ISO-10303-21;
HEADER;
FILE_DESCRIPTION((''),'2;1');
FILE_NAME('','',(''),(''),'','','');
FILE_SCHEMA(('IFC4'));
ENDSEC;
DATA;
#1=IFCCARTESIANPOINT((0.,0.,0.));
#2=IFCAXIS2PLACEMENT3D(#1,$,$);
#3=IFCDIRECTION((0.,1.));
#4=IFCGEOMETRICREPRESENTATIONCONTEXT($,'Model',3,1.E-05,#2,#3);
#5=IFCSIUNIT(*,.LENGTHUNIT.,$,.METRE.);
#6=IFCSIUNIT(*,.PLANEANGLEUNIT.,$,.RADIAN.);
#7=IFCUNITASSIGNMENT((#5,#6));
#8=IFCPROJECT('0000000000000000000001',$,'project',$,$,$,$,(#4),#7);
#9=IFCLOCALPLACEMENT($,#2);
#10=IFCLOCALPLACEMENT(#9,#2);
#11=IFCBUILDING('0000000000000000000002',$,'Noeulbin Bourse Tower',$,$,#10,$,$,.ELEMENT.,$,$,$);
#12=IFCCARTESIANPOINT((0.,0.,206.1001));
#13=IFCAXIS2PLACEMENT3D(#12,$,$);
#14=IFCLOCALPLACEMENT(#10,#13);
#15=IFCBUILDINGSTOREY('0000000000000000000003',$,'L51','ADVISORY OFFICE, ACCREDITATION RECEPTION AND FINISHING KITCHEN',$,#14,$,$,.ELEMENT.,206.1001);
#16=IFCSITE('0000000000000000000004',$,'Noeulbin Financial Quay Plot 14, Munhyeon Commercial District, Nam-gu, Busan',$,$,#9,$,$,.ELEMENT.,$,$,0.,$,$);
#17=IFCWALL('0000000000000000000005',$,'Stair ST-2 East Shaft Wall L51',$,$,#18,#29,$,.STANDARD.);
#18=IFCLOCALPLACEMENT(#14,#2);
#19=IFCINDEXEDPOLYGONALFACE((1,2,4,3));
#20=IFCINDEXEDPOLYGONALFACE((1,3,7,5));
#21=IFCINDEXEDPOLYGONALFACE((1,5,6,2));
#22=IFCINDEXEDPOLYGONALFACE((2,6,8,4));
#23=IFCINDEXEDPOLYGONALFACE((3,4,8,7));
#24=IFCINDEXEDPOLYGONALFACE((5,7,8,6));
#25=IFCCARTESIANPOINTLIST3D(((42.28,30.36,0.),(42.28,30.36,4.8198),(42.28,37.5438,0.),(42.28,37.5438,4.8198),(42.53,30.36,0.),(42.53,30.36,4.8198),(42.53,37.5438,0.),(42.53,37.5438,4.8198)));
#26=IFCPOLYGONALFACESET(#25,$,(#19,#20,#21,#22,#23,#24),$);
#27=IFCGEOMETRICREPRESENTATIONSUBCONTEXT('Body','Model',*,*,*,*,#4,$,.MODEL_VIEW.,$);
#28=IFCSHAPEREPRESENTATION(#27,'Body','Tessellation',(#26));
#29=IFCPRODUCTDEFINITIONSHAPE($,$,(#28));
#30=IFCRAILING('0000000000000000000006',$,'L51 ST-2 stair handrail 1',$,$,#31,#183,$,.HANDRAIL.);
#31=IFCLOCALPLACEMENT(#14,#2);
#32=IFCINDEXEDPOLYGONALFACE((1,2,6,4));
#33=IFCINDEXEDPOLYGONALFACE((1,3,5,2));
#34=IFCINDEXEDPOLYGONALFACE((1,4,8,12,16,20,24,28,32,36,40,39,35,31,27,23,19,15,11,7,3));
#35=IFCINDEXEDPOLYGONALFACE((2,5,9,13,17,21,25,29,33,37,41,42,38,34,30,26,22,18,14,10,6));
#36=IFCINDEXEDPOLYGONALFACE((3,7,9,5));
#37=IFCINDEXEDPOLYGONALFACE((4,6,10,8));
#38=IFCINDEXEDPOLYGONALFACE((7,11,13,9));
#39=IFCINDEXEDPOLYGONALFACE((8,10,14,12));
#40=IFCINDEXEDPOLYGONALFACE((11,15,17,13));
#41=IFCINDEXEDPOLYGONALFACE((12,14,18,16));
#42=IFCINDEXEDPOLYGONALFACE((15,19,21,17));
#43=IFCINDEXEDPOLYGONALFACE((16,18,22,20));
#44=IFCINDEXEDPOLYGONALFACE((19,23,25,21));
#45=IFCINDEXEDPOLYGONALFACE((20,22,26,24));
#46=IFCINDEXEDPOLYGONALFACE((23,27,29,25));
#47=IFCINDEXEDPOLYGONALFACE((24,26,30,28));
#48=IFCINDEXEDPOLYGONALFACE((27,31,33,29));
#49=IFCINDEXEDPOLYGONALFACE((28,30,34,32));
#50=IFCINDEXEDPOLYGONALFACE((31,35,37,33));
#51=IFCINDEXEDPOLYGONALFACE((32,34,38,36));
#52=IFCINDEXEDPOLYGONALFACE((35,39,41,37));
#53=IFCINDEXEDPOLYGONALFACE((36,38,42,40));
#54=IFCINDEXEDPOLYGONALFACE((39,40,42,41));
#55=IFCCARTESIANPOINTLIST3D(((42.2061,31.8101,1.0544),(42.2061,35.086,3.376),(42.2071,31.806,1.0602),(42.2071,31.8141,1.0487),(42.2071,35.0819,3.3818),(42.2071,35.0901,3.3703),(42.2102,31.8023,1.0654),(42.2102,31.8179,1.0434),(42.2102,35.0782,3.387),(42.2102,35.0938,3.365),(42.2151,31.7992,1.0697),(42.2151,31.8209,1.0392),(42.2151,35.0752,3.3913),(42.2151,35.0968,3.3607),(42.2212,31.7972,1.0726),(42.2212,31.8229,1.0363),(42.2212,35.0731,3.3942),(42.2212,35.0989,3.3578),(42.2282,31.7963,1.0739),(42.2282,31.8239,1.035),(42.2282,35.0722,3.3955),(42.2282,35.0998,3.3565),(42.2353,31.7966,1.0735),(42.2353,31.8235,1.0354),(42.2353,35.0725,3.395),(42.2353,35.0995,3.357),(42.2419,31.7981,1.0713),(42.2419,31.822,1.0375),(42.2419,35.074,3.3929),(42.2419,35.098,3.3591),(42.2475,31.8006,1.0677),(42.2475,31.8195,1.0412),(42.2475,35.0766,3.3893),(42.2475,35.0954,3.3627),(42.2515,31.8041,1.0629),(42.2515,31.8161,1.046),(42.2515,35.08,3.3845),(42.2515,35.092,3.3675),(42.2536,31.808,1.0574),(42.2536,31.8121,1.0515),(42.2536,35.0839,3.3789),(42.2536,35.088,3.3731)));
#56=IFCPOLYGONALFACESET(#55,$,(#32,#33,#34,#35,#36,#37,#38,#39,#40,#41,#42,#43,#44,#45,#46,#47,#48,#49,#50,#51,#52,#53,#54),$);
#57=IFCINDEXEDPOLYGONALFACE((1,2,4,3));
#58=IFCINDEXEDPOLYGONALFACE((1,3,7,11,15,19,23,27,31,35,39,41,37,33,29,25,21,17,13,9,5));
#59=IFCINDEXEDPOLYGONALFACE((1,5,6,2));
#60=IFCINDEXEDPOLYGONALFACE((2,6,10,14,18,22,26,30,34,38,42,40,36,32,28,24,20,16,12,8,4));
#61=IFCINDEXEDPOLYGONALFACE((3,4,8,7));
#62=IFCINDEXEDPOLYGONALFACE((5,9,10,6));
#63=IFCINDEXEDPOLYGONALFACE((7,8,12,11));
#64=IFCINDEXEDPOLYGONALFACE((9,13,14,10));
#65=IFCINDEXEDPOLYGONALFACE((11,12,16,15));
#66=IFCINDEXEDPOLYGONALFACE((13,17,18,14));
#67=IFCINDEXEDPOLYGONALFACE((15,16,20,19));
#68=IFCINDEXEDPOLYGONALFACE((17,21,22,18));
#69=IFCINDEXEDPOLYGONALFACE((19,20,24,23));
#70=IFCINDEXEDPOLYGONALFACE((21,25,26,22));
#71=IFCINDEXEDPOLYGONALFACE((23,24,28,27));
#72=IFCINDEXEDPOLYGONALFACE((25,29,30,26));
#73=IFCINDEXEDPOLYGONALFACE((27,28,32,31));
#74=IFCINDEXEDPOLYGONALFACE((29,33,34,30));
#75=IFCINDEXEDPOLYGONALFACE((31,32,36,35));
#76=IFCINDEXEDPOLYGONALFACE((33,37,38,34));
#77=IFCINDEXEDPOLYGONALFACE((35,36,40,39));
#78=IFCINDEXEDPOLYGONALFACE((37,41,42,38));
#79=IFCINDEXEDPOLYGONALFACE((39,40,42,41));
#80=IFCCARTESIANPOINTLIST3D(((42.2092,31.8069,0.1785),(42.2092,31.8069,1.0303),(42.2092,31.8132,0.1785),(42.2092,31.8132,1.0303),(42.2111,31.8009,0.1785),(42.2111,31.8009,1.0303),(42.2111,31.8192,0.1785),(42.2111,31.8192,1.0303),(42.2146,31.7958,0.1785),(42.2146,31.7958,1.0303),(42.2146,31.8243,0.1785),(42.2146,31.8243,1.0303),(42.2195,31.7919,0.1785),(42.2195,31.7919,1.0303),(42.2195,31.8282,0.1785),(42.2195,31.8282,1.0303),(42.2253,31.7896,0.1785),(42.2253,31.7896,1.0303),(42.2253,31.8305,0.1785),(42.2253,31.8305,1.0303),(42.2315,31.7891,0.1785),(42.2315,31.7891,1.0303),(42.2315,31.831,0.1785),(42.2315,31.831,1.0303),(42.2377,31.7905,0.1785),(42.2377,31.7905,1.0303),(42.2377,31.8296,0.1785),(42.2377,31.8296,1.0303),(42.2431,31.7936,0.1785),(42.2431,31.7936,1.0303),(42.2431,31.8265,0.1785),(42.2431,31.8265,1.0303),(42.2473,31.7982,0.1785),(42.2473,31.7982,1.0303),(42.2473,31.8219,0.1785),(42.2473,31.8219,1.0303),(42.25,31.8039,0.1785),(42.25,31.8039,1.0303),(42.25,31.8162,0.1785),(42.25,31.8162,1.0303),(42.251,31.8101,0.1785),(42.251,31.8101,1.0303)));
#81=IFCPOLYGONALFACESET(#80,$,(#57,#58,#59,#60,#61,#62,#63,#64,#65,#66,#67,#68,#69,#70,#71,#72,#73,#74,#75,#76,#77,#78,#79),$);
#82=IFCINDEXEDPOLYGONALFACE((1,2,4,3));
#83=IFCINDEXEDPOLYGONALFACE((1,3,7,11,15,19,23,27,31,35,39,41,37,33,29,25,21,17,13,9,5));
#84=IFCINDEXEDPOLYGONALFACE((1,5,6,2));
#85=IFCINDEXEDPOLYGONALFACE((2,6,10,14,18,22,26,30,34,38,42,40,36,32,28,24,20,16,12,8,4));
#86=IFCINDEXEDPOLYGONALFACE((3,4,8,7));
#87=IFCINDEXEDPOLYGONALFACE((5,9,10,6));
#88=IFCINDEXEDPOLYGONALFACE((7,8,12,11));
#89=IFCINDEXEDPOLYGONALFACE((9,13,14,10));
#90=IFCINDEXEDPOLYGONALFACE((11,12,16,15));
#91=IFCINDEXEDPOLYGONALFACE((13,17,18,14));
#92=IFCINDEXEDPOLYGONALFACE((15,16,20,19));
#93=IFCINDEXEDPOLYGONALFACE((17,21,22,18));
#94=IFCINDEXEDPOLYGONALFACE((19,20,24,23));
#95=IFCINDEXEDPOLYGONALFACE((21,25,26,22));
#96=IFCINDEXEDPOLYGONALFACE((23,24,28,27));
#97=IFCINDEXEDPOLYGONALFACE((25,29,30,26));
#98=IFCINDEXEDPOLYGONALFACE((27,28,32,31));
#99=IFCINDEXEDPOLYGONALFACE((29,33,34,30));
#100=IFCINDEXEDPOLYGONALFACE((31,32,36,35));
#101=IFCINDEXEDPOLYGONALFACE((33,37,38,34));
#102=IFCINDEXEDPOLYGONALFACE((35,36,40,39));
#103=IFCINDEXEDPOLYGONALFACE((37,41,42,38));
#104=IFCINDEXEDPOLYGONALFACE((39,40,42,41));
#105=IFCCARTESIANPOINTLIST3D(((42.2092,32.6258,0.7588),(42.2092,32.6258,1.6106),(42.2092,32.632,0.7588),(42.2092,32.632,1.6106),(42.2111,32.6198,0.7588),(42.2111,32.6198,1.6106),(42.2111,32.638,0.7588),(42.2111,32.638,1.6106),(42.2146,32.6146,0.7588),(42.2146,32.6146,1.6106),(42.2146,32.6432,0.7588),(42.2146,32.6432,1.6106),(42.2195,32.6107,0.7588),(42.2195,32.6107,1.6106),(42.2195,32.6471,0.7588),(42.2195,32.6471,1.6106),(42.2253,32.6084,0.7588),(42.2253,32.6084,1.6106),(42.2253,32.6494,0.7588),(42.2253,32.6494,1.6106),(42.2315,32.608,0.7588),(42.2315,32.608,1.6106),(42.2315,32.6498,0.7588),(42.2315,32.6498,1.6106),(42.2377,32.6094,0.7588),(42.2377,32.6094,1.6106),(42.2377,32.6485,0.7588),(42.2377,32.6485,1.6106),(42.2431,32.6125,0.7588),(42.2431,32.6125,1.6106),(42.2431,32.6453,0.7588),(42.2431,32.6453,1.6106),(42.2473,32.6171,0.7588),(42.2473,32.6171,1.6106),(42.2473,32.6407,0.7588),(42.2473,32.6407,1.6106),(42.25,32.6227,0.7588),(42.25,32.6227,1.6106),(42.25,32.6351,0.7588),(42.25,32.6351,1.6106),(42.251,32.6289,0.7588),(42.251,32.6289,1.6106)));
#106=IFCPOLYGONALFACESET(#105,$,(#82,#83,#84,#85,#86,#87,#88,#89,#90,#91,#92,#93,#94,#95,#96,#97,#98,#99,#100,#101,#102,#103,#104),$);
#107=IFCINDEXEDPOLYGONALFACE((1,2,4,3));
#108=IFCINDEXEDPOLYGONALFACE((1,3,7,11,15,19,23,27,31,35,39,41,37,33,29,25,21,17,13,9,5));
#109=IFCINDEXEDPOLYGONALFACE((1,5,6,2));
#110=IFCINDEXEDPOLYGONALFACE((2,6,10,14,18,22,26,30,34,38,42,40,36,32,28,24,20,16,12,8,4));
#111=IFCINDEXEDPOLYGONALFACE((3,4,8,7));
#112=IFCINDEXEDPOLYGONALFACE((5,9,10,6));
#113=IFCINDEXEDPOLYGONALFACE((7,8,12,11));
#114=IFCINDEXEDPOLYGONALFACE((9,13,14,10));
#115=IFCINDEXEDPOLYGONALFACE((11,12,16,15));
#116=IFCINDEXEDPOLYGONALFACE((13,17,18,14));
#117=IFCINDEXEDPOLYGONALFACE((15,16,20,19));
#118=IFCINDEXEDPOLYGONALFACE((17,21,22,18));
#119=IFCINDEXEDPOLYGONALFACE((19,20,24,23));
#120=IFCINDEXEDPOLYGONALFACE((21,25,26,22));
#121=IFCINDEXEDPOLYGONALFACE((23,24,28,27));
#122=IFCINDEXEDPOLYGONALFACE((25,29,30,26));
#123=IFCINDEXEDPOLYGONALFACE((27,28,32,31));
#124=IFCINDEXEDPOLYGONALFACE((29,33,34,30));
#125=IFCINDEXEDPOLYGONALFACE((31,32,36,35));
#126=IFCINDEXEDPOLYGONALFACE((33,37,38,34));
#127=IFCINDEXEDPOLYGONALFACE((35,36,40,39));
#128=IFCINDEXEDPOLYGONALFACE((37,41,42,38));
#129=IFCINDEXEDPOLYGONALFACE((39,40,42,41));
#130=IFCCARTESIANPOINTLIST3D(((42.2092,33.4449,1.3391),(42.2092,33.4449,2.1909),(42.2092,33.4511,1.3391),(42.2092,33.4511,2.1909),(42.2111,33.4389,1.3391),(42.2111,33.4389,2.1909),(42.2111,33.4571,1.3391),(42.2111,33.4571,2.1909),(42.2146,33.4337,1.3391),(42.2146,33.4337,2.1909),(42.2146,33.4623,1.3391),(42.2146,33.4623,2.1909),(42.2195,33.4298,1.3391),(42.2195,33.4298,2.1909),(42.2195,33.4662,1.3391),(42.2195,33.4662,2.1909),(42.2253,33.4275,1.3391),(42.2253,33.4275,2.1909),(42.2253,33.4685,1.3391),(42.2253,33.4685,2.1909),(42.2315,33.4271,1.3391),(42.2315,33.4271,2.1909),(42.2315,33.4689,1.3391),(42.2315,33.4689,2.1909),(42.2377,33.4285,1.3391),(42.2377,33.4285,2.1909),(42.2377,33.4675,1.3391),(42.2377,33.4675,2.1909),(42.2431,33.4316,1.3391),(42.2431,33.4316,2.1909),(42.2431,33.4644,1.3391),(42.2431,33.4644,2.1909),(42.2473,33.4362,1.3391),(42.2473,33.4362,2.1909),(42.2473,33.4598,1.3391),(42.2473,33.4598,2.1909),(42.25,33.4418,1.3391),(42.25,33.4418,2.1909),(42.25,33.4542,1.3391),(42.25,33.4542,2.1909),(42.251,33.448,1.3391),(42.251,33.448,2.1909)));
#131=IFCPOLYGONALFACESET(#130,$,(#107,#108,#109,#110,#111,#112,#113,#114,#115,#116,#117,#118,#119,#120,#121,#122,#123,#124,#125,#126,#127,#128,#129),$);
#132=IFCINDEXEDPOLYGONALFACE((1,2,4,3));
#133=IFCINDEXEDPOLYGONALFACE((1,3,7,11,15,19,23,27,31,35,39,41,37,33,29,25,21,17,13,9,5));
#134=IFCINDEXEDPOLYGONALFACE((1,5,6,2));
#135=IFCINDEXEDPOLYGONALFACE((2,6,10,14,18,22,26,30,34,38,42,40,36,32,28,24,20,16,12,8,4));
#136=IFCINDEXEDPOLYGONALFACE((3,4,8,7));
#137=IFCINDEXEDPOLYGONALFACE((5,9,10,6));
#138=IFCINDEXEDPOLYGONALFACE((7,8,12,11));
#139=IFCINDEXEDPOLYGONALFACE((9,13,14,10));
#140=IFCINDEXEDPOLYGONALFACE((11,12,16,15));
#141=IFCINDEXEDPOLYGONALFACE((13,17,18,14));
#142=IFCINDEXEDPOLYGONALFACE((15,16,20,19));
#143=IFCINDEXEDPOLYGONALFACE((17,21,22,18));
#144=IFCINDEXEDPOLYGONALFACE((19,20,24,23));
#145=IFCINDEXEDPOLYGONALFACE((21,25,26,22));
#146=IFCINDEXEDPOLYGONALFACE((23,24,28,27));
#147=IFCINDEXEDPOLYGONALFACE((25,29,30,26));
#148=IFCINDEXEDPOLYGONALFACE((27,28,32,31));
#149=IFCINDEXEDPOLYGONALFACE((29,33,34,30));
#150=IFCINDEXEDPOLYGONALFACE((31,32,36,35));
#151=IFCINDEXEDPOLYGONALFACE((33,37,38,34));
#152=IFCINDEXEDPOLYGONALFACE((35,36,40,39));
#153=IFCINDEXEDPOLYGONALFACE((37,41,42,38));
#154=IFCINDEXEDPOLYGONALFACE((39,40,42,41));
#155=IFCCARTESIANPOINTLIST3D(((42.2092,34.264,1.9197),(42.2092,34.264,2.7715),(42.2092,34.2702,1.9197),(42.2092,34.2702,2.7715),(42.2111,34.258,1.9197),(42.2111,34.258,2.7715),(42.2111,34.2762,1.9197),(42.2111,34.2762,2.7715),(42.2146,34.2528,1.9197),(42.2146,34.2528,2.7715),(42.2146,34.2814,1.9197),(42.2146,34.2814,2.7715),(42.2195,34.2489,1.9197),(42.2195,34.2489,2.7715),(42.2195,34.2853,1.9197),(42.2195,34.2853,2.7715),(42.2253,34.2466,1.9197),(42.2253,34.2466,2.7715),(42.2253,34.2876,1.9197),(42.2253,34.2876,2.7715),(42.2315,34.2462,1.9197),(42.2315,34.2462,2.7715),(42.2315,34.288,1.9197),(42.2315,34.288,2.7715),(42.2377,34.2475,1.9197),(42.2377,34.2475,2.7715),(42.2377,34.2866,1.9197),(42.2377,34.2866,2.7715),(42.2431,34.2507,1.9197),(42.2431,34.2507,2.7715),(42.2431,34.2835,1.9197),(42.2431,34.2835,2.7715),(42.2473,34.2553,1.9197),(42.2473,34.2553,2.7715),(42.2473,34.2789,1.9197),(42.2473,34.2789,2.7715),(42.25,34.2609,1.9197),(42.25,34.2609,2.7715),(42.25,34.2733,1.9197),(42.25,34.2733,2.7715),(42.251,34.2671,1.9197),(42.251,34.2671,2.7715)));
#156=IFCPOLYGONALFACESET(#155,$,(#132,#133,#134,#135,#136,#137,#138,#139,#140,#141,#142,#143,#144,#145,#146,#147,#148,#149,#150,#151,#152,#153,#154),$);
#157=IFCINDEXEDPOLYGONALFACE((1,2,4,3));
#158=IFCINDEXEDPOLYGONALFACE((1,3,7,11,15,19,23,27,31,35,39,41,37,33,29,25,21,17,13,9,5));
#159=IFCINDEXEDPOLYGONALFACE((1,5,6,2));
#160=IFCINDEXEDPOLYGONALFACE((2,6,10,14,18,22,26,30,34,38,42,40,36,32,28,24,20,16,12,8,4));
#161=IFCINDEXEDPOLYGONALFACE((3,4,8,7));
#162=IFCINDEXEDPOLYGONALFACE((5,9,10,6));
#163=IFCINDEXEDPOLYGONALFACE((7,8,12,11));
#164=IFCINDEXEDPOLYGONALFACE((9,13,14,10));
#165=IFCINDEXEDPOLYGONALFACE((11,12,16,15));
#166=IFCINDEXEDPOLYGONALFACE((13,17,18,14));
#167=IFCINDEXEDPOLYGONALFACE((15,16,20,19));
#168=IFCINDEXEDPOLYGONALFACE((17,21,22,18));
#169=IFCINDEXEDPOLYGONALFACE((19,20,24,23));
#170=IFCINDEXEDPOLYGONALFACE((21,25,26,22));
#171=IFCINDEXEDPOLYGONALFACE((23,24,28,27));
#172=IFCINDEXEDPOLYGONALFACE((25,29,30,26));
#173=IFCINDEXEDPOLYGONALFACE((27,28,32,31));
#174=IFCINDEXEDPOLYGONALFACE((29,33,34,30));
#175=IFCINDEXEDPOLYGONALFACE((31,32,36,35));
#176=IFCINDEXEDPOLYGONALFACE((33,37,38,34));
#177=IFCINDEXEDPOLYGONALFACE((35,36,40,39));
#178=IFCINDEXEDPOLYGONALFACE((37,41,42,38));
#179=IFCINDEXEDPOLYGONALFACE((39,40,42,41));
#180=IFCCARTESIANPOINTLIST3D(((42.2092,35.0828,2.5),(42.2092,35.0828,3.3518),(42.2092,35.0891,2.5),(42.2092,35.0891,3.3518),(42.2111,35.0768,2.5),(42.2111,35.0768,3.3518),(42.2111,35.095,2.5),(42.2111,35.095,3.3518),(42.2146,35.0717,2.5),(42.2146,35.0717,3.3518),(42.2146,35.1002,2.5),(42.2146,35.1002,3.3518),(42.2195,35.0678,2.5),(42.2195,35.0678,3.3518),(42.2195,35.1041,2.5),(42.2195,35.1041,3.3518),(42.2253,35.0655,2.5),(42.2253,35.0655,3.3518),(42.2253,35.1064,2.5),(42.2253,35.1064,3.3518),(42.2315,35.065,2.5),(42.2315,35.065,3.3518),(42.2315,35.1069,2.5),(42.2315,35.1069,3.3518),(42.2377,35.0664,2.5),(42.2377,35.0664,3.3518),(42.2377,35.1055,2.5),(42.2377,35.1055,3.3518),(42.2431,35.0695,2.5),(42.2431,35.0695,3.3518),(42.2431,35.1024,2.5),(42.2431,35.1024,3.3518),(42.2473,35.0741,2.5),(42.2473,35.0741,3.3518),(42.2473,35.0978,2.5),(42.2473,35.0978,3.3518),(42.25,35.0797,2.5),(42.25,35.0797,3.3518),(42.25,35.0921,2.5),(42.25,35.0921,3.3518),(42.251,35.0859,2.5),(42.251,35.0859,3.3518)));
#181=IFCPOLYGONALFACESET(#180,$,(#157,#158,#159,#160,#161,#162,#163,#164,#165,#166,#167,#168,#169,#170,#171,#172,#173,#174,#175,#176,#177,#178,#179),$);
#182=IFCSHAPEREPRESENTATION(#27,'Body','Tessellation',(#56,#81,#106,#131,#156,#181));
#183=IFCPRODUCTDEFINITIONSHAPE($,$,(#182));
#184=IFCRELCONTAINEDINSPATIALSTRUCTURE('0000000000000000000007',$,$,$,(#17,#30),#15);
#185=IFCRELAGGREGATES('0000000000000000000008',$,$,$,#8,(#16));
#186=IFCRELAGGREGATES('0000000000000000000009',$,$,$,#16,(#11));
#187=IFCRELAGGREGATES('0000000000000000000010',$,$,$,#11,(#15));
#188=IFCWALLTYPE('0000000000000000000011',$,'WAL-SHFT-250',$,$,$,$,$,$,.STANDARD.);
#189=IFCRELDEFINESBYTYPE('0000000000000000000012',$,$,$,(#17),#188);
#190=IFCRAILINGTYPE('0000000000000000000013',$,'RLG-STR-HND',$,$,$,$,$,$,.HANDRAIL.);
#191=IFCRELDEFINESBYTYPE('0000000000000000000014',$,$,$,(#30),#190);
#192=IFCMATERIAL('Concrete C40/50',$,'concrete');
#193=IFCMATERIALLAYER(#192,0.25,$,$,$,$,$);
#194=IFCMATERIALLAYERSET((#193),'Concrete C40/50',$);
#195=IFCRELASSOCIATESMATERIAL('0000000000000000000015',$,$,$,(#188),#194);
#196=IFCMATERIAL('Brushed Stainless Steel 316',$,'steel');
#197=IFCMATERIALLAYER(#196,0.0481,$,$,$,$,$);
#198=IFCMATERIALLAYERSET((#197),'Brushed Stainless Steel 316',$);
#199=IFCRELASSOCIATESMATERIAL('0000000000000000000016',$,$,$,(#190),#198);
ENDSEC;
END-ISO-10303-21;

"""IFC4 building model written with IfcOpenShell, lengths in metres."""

from ifc_helpers import new_model, si_unit, direction, frame, frame_2d, origin, origin_2d, place, context, subcontext, project, spatial, rectangle, circle, extrude, material, layer, layer_set, type_object, element, save


model = new_model("IFC4")

# Units and contexts
model_context = context("Model", 3, precision=1e-05, world=origin(), true_north=direction((0.0, 1.0)))
body_context = subcontext(model_context, "Body", "Model", "MODEL_VIEW")
ifc_project = project(units=[si_unit("LENGTHUNIT", "METRE"), si_unit("PLANEANGLEUNIT", "RADIAN")], contexts=[model_context])

# Site, building, storey
site_placement = place(None, origin())
site = spatial("IfcSite", under=ifc_project, at=site_placement, Name="Noeulbin Financial Quay Plot 14, Munhyeon Commercial District, Nam-gu, Busan", CompositionType="ELEMENT", RefElevation=0.0)
building_placement = place(site_placement, origin())
building = spatial("IfcBuilding", under=site, at=building_placement, Name="Noeulbin Bourse Tower", CompositionType="ELEMENT")
storey_placement = place(building_placement, frame((0.0, 0.0, 206.1001)))
storey = spatial("IfcBuildingStorey", under=building, at=storey_placement, Name="L51", Description="ADVISORY OFFICE, ACCREDITATION RECEPTION AND FINISHING KITCHEN", CompositionType="ELEMENT", Elevation=206.1001)

# Wall
ifc_material_1 = material(Name="Concrete C40/50", Category="concrete")
ifc_layer_1 = layer(ifc_material_1, 0.25)
ifc_layer_set_1 = layer_set([ifc_layer_1], Name="Concrete C40/50")
wall_type_1 = type_object("IfcWallType", Name="WAL-SHFT-250", PredefinedType="STANDARD", material=ifc_layer_set_1)
wall_1_placement = place(storey_placement, frame((42.405, 30.3601, 0.0), z_axis=(0.0, 0.0, 1.0), x_axis=(0.0, 1.0, 0.0)))
element("IfcWall", 1, at=wall_1_placement, inside=storey, type_object=wall_type_1, Name="Stair ST-2 East Shaft Wall L51", PredefinedType="STANDARD", context=body_context, shape_type="SweptSolid", body=[
    extrude(rectangle(XDim=7.1838, YDim=0.25, at=frame_2d((3.5918, 0.0))), origin(), (0.0, 0.0, 1.0), 4.8198),
])

# Railing
ifc_material_2 = material(Name="Brushed Stainless Steel 316", Category="steel")
ifc_layer_2 = layer(ifc_material_2, 0.0481)
ifc_layer_set_2 = layer_set([ifc_layer_2], Name="Brushed Stainless Steel 316")
railing_type = type_object("IfcRailingType", Name="RLG-STR-HND", PredefinedType="HANDRAIL", material=ifc_layer_set_2)
railing_placement = place(storey_placement, frame((42.23, 31.8101, 0.1785)))
element("IfcRailing", 2, at=railing_placement, inside=storey, type_object=railing_type, Name="L51 ST-2 stair handrail 1", PredefinedType="HANDRAIL", context=body_context, shape_type="SweptSolid", body=[
    extrude(circle(Radius=0.0239, at=origin_2d()), frame((0.0, 0.0, 0.876), z_axis=(0.0, 0.815893, 0.578203), x_axis=(-1.0, 0.0, 0.0)), (0.0, 0.0, 1.0), 4.0151),
    extrude(circle(Radius=0.021, at=origin_2d()), origin(), (0.0, 0.0, 1.0), 0.8518),
    extrude(circle(Radius=0.021, at=origin_2d()), frame((0.0, 0.8188, 0.5803)), (0.0, 0.0, 1.0), 0.8518),
    extrude(circle(Radius=0.021, at=origin_2d()), frame((0.0, 1.6379, 1.1606)), (0.0, 0.0, 1.0), 0.8518),
    extrude(circle(Radius=0.021, at=origin_2d()), frame((0.0, 2.457, 1.7412)), (0.0, 0.0, 1.0), 0.8518),
    extrude(circle(Radius=0.021, at=origin_2d()), frame((0.0, 3.2759, 2.3215)), (0.0, 0.0, 1.0), 0.8518),
])

save(model, "model.ifc")
